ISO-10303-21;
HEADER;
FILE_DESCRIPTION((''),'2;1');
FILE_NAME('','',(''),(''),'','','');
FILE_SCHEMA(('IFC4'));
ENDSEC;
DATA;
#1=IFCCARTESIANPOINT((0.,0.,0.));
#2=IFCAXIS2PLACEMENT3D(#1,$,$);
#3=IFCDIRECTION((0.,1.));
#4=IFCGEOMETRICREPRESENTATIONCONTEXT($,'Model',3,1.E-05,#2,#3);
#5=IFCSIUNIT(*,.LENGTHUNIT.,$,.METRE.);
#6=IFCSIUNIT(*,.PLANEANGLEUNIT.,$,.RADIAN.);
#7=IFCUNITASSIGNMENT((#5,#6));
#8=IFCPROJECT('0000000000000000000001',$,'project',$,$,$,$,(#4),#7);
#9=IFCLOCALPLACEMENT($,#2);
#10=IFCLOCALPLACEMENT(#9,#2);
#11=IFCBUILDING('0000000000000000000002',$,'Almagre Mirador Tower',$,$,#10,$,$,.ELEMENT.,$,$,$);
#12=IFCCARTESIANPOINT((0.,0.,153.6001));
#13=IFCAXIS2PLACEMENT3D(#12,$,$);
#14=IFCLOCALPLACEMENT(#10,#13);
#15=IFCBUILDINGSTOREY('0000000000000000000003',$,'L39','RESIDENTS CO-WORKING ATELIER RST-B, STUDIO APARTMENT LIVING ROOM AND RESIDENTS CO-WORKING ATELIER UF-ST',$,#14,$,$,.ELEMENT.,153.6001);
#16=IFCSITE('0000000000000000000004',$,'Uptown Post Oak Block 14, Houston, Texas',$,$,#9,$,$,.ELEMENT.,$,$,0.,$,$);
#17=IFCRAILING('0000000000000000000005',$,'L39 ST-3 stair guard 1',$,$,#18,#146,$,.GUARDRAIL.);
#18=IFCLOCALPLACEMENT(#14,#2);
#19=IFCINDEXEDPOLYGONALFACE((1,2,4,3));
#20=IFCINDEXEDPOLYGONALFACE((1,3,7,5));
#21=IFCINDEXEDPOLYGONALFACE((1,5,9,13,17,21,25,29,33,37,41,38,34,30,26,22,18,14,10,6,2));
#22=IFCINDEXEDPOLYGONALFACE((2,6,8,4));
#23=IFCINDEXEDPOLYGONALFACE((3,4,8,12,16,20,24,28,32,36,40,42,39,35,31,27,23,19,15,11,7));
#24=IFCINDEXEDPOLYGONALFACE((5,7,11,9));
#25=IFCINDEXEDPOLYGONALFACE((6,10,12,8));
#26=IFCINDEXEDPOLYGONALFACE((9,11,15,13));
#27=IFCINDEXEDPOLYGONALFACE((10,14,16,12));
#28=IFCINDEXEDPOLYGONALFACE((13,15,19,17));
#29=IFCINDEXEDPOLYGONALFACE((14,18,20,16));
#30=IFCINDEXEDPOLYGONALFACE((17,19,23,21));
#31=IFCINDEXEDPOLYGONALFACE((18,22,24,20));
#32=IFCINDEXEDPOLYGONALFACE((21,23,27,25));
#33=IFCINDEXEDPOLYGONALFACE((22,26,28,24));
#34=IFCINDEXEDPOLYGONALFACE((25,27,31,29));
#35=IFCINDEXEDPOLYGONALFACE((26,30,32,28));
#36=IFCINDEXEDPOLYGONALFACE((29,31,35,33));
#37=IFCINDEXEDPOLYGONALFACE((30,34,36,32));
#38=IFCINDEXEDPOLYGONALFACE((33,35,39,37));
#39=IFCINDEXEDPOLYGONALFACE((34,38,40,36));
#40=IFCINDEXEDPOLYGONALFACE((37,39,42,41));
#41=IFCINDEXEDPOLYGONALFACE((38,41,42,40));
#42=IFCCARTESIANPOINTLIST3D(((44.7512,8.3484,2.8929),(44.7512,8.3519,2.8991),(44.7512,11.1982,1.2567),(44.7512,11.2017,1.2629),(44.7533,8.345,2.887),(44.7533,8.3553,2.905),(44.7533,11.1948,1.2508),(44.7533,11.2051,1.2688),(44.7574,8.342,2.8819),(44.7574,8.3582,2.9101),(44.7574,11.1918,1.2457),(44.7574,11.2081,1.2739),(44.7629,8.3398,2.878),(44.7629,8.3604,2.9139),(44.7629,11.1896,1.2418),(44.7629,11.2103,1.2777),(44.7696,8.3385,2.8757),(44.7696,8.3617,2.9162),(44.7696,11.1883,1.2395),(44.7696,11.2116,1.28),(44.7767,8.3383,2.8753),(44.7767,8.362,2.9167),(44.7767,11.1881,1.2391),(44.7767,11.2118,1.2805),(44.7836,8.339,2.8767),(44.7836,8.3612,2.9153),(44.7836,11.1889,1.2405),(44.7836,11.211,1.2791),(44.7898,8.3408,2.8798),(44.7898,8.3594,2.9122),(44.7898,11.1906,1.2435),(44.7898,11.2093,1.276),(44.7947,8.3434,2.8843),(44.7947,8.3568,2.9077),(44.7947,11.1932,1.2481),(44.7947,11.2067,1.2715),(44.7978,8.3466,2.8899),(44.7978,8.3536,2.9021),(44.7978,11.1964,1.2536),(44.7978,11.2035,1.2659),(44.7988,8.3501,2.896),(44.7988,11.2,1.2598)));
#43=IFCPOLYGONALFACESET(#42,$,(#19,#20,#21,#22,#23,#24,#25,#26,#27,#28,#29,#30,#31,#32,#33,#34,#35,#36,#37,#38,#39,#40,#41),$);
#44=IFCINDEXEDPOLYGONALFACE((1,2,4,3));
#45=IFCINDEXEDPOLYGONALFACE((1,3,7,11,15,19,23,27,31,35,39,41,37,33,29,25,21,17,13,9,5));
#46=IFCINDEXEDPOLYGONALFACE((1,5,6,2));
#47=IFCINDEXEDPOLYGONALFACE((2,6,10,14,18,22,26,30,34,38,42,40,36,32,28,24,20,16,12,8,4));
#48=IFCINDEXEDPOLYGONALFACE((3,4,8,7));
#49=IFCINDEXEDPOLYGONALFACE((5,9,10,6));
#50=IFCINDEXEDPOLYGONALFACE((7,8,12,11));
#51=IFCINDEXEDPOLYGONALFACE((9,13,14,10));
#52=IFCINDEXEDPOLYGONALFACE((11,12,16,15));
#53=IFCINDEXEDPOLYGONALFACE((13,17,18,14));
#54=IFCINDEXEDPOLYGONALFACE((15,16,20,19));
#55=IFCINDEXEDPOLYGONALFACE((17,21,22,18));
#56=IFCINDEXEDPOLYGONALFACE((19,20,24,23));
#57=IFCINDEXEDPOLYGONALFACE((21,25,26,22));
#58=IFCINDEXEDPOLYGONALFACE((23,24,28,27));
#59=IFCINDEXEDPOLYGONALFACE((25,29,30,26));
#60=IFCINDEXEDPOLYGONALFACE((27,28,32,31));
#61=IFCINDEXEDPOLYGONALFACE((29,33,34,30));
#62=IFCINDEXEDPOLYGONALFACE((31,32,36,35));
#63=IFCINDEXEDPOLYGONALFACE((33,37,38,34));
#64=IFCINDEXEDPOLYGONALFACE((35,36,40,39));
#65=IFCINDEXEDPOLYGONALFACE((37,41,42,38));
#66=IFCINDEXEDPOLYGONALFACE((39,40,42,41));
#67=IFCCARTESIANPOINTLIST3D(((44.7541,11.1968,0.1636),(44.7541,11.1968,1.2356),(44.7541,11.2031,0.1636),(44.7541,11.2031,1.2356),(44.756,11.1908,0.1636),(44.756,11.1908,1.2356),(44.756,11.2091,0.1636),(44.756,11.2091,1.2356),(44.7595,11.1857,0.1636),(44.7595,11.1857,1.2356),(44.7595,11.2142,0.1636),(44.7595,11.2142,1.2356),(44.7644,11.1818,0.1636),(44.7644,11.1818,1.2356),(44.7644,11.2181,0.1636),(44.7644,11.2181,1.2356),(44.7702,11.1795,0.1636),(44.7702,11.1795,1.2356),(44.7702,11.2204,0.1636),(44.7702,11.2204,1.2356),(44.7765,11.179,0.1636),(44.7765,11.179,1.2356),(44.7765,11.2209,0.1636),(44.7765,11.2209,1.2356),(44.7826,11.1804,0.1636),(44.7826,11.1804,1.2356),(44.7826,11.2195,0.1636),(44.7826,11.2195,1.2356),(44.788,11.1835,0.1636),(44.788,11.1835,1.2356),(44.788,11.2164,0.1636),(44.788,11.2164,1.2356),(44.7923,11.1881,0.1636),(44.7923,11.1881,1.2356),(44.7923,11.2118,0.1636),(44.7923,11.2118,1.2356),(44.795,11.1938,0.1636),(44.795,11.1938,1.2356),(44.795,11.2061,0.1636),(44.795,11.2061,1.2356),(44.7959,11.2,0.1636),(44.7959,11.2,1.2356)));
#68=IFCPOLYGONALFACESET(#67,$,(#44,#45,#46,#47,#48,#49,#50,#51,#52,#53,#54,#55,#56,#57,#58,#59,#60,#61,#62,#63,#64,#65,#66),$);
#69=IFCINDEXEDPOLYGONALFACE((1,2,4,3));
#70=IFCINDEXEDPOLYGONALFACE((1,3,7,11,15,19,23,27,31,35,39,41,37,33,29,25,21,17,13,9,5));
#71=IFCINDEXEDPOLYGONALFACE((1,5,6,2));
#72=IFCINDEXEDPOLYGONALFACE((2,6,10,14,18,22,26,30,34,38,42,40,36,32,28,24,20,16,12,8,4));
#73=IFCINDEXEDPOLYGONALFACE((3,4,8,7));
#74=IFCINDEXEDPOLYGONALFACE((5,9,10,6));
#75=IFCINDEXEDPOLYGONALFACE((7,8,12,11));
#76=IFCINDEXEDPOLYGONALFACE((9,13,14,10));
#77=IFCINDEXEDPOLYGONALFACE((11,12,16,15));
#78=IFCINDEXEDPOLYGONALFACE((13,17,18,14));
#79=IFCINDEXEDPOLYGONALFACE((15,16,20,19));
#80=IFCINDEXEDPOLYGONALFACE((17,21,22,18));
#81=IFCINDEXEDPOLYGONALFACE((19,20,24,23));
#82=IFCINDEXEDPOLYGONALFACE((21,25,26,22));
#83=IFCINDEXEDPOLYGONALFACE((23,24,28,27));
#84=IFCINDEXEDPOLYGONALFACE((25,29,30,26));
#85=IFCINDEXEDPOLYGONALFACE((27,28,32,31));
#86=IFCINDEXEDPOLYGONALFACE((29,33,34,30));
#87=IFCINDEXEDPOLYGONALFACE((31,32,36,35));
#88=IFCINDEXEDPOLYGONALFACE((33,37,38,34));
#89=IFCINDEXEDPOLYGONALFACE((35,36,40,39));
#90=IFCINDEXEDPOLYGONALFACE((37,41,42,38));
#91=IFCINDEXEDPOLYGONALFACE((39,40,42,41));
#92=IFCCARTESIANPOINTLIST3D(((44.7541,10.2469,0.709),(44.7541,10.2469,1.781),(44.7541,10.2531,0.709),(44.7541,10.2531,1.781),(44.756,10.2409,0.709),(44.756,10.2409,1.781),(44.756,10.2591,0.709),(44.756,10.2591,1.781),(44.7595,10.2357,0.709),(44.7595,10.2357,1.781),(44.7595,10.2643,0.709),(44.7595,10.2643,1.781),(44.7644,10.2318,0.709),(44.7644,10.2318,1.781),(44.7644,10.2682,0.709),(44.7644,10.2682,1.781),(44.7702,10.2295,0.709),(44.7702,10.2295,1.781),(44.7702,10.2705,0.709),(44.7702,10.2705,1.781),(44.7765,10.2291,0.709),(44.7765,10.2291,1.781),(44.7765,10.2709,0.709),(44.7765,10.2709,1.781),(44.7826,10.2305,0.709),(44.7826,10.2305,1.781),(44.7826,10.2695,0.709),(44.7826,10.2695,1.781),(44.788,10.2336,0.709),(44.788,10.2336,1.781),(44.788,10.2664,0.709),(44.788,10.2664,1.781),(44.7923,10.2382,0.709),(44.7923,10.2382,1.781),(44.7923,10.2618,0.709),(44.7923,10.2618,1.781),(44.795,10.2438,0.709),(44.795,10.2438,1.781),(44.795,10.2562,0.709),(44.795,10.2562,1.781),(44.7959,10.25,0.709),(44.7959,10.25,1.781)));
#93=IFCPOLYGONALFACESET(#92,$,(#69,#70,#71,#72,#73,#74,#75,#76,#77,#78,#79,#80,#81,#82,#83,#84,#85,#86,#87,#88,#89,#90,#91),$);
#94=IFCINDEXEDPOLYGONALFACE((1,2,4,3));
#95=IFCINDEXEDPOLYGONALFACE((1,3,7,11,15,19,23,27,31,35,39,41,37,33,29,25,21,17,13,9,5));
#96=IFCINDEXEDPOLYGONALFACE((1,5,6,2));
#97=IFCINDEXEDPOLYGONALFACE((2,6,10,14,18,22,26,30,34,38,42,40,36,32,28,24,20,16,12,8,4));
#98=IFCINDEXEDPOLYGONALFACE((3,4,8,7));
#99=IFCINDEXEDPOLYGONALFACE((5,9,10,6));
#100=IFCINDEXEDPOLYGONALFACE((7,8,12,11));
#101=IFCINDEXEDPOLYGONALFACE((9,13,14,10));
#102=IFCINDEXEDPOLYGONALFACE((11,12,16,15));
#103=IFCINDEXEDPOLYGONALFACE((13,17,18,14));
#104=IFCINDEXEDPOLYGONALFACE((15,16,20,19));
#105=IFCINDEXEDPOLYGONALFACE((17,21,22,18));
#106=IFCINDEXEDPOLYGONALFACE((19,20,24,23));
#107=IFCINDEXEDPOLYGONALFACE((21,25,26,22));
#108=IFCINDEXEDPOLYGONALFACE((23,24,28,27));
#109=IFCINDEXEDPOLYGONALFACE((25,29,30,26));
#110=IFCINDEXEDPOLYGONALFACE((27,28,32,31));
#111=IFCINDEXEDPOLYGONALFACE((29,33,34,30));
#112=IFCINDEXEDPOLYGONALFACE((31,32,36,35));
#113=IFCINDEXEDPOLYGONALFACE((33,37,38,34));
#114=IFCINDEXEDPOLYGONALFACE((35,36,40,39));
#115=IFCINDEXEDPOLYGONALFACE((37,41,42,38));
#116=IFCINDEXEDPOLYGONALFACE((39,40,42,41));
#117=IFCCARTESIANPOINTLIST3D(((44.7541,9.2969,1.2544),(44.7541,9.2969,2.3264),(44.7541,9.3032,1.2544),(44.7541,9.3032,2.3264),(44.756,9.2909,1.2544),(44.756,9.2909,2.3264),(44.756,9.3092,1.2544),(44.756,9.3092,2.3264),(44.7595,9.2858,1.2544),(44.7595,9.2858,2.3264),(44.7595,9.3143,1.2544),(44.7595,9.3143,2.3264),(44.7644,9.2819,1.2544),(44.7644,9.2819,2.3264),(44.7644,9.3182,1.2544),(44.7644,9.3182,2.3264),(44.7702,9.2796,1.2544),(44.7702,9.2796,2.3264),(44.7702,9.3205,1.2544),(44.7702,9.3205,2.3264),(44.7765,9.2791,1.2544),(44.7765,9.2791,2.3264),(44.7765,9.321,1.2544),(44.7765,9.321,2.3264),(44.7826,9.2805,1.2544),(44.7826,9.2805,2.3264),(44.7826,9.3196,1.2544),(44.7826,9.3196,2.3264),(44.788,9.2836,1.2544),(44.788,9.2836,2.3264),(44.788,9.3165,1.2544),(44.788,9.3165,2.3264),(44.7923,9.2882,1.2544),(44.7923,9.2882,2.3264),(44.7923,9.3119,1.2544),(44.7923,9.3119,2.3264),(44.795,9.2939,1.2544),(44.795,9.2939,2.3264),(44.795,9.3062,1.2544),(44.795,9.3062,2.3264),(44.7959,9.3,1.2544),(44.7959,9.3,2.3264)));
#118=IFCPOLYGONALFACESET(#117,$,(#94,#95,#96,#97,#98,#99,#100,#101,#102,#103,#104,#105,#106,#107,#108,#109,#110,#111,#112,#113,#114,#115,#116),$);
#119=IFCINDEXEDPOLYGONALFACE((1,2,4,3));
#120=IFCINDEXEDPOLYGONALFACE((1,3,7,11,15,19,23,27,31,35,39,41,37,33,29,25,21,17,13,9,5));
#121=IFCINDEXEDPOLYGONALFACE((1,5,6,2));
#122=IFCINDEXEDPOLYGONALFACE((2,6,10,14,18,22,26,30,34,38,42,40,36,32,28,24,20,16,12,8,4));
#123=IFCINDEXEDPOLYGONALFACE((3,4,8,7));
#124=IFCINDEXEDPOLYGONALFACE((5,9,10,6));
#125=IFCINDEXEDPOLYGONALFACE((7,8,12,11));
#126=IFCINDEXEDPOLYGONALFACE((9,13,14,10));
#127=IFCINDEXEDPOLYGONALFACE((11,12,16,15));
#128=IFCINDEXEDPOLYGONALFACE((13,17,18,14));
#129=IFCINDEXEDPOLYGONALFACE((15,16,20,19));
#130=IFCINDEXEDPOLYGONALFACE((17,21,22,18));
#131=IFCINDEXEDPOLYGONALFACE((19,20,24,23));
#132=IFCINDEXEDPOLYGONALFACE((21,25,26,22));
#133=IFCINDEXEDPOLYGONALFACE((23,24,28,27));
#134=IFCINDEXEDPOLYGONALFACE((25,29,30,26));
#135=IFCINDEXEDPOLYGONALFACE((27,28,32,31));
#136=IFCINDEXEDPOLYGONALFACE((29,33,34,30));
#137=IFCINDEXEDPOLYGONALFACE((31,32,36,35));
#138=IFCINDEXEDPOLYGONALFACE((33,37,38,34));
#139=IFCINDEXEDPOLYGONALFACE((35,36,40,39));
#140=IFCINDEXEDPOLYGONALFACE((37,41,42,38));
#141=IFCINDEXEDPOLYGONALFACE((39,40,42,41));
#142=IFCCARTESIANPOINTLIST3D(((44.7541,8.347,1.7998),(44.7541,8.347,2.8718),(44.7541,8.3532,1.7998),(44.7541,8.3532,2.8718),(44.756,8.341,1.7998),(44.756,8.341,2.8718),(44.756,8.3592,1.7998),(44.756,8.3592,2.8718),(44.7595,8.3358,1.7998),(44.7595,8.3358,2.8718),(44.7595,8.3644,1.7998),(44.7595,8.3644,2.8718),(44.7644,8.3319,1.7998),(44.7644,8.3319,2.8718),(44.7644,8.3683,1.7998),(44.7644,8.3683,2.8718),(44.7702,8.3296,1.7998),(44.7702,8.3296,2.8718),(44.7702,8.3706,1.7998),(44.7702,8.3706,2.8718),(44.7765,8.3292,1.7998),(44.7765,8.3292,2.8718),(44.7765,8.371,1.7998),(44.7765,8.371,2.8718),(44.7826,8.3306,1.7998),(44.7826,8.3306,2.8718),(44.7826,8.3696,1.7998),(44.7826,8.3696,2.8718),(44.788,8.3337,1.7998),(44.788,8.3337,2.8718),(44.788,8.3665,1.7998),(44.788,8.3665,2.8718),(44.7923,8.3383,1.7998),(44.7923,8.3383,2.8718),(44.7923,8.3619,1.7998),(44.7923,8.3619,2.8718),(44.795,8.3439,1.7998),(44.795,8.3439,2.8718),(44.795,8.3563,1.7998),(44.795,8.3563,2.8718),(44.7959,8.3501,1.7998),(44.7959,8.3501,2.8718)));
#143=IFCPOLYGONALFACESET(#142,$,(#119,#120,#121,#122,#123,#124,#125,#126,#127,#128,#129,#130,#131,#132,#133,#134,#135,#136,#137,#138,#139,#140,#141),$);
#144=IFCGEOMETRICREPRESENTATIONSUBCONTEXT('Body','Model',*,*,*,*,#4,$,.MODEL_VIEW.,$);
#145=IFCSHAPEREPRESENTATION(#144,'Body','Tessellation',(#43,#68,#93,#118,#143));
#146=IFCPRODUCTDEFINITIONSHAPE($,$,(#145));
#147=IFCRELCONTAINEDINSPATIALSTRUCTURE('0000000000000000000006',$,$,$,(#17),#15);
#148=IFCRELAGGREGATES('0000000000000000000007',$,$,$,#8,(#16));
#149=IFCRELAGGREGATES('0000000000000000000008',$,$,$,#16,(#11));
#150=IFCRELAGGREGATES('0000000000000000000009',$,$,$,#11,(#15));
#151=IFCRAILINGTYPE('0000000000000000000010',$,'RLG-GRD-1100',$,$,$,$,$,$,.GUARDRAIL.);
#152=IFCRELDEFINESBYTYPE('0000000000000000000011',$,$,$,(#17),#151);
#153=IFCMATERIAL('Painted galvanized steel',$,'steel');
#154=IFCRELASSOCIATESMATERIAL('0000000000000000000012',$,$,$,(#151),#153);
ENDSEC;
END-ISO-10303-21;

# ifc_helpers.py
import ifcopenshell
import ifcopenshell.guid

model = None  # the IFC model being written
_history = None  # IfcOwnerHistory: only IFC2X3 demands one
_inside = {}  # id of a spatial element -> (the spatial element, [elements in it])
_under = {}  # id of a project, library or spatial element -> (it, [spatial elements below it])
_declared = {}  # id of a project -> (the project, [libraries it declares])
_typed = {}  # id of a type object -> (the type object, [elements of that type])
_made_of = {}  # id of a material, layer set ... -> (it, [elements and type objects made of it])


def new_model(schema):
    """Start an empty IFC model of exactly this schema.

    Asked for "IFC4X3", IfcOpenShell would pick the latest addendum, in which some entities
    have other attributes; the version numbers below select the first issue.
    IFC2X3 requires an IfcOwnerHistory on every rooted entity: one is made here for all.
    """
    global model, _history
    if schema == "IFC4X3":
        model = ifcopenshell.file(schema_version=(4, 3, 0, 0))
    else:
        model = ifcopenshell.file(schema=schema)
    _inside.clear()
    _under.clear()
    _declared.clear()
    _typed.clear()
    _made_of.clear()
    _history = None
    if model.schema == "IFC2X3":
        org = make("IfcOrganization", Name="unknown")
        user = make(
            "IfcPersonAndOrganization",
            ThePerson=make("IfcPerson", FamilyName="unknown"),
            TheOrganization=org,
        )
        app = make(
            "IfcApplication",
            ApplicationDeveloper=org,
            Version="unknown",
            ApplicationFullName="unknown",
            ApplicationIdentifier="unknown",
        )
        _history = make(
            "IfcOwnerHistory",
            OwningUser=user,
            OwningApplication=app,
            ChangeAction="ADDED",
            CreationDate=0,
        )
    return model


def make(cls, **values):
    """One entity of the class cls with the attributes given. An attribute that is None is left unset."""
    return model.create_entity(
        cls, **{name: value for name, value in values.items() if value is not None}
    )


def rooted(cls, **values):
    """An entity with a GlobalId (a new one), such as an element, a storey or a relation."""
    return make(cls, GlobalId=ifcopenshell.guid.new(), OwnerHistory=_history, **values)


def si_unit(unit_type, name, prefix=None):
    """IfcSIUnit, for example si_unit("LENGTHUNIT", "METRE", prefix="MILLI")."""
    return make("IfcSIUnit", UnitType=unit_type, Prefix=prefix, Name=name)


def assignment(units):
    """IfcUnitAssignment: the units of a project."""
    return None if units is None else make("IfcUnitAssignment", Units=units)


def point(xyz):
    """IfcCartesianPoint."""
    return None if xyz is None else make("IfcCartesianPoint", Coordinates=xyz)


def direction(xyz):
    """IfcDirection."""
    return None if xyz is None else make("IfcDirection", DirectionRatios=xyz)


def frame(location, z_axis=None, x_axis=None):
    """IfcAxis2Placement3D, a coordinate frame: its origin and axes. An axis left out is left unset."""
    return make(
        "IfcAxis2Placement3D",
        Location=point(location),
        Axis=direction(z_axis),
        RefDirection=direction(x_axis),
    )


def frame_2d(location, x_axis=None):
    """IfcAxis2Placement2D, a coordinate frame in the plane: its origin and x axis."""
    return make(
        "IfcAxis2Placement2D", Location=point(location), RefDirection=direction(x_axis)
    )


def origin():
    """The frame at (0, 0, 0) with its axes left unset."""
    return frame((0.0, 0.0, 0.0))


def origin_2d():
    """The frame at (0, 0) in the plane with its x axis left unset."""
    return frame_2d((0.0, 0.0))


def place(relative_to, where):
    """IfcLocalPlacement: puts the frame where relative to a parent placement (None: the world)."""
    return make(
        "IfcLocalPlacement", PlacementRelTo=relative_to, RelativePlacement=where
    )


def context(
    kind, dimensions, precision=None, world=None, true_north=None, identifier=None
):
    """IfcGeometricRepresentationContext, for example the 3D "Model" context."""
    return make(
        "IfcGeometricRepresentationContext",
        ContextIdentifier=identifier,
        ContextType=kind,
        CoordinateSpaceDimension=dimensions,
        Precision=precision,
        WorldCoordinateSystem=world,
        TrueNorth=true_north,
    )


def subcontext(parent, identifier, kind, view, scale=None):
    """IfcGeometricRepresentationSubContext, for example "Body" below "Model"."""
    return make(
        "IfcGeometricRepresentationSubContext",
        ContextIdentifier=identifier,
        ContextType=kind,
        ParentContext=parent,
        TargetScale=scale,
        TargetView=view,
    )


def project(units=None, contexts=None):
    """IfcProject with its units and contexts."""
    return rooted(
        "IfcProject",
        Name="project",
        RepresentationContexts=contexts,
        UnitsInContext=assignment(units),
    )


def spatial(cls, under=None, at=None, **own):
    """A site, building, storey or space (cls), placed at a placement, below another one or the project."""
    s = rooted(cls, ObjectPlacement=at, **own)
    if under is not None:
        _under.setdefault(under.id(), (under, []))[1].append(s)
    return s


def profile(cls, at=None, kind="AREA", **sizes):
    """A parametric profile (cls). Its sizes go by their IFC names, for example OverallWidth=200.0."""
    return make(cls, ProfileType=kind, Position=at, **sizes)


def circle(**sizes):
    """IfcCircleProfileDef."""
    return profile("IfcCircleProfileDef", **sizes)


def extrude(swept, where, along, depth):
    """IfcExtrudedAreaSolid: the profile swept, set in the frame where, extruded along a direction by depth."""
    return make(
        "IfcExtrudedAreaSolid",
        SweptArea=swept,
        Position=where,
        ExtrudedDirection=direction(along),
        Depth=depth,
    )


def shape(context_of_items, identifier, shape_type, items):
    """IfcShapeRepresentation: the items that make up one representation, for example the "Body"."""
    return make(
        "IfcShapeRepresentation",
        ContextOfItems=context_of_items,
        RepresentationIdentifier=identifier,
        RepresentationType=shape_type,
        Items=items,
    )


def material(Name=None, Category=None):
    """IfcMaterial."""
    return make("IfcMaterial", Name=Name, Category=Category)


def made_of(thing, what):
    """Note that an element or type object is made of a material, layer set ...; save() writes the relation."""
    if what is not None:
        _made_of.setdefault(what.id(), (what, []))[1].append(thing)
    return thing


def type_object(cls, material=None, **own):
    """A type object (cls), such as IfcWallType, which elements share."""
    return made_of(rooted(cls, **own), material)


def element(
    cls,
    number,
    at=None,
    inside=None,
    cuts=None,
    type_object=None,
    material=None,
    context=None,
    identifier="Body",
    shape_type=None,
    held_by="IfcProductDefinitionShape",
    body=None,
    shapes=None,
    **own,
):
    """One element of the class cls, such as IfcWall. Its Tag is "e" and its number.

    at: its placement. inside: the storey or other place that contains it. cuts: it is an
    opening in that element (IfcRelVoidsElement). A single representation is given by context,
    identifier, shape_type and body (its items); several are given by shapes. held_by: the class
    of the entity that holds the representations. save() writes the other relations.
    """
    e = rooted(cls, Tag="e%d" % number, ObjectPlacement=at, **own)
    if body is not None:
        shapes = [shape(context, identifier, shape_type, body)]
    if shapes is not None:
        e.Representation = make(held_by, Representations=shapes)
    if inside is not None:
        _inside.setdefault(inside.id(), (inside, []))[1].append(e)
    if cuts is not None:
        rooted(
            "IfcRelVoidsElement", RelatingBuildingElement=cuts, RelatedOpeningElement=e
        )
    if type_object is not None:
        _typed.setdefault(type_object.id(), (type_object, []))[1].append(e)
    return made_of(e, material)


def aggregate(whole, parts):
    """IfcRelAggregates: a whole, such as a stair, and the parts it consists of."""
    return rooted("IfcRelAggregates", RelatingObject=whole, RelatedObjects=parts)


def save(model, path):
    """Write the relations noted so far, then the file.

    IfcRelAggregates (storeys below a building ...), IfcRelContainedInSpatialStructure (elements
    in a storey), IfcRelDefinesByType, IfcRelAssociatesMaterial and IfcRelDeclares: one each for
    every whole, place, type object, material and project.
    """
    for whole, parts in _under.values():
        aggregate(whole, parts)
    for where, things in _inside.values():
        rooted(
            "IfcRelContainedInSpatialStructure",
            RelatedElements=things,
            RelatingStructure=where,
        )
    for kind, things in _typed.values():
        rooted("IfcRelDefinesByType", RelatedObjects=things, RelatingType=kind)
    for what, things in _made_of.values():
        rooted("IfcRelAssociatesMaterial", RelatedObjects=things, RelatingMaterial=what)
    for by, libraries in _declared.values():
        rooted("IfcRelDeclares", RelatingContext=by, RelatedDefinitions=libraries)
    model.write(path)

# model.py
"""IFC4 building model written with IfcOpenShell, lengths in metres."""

from ifc_helpers import new_model, si_unit, direction, frame, origin, origin_2d, place, context, subcontext, project, spatial, circle, extrude, material, type_object, element, save


model = new_model("IFC4")

# Units and contexts
model_context = context("Model", 3, precision=1e-05, world=origin(), true_north=direction((0.0, 1.0)))
body_context = subcontext(model_context, "Body", "Model", "MODEL_VIEW")
ifc_project = project(units=[si_unit("LENGTHUNIT", "METRE"), si_unit("PLANEANGLEUNIT", "RADIAN")], contexts=[model_context])

# Site, building, storey
site_placement = place(None, origin())
site = spatial("IfcSite", under=ifc_project, at=site_placement, Name="Uptown Post Oak Block 14, Houston, Texas", CompositionType="ELEMENT", RefElevation=0.0)
building_placement = place(site_placement, origin())
building = spatial("IfcBuilding", under=site, at=building_placement, Name="Almagre Mirador Tower", CompositionType="ELEMENT")
storey_placement = place(building_placement, frame((0.0, 0.0, 153.6001)))
storey = spatial("IfcBuildingStorey", under=building, at=storey_placement, Name="L39", Description="RESIDENTS CO-WORKING ATELIER RST-B, STUDIO APARTMENT LIVING ROOM AND RESIDENTS CO-WORKING ATELIER UF-ST", CompositionType="ELEMENT", Elevation=153.6001)

# Railing
ifc_material_1 = material(Name="Painted galvanized steel", Category="steel")
railing_type_1 = type_object("IfcRailingType", Name="RLG-GRD-1100", PredefinedType="GUARDRAIL", material=ifc_material_1)
railing_1_placement = place(storey_placement, frame((44.7749, 11.2, 0.1636)))
element("IfcRailing", 1, at=railing_1_placement, inside=storey, type_object=railing_type_1, Name="L39 ST-3 stair guard 1", PredefinedType="GUARDRAIL", context=body_context, shape_type="SweptSolid", body=[
    extrude(circle(Radius=0.0239, at=origin_2d()), frame((0.0, 0.0, 1.0962), z_axis=(0.0, -0.867226, 0.497914), x_axis=(1.0, 0.0, 0.0)), (0.0, 0.0, 1.0), 3.2861),
    extrude(circle(Radius=0.021, at=origin_2d()), origin(), (0.0, 0.0, 1.0), 1.072),
    extrude(circle(Radius=0.021, at=origin_2d()), frame((0.0, -0.95, 0.5454)), (0.0, 0.0, 1.0), 1.072),
    extrude(circle(Radius=0.021, at=origin_2d()), frame((0.0, -1.8999, 1.0908)), (0.0, 0.0, 1.0), 1.072),
    extrude(circle(Radius=0.021, at=origin_2d()), frame((0.0, -2.8499, 1.6362)), (0.0, 0.0, 1.0), 1.072),
])

save(model, "model.ifc")
